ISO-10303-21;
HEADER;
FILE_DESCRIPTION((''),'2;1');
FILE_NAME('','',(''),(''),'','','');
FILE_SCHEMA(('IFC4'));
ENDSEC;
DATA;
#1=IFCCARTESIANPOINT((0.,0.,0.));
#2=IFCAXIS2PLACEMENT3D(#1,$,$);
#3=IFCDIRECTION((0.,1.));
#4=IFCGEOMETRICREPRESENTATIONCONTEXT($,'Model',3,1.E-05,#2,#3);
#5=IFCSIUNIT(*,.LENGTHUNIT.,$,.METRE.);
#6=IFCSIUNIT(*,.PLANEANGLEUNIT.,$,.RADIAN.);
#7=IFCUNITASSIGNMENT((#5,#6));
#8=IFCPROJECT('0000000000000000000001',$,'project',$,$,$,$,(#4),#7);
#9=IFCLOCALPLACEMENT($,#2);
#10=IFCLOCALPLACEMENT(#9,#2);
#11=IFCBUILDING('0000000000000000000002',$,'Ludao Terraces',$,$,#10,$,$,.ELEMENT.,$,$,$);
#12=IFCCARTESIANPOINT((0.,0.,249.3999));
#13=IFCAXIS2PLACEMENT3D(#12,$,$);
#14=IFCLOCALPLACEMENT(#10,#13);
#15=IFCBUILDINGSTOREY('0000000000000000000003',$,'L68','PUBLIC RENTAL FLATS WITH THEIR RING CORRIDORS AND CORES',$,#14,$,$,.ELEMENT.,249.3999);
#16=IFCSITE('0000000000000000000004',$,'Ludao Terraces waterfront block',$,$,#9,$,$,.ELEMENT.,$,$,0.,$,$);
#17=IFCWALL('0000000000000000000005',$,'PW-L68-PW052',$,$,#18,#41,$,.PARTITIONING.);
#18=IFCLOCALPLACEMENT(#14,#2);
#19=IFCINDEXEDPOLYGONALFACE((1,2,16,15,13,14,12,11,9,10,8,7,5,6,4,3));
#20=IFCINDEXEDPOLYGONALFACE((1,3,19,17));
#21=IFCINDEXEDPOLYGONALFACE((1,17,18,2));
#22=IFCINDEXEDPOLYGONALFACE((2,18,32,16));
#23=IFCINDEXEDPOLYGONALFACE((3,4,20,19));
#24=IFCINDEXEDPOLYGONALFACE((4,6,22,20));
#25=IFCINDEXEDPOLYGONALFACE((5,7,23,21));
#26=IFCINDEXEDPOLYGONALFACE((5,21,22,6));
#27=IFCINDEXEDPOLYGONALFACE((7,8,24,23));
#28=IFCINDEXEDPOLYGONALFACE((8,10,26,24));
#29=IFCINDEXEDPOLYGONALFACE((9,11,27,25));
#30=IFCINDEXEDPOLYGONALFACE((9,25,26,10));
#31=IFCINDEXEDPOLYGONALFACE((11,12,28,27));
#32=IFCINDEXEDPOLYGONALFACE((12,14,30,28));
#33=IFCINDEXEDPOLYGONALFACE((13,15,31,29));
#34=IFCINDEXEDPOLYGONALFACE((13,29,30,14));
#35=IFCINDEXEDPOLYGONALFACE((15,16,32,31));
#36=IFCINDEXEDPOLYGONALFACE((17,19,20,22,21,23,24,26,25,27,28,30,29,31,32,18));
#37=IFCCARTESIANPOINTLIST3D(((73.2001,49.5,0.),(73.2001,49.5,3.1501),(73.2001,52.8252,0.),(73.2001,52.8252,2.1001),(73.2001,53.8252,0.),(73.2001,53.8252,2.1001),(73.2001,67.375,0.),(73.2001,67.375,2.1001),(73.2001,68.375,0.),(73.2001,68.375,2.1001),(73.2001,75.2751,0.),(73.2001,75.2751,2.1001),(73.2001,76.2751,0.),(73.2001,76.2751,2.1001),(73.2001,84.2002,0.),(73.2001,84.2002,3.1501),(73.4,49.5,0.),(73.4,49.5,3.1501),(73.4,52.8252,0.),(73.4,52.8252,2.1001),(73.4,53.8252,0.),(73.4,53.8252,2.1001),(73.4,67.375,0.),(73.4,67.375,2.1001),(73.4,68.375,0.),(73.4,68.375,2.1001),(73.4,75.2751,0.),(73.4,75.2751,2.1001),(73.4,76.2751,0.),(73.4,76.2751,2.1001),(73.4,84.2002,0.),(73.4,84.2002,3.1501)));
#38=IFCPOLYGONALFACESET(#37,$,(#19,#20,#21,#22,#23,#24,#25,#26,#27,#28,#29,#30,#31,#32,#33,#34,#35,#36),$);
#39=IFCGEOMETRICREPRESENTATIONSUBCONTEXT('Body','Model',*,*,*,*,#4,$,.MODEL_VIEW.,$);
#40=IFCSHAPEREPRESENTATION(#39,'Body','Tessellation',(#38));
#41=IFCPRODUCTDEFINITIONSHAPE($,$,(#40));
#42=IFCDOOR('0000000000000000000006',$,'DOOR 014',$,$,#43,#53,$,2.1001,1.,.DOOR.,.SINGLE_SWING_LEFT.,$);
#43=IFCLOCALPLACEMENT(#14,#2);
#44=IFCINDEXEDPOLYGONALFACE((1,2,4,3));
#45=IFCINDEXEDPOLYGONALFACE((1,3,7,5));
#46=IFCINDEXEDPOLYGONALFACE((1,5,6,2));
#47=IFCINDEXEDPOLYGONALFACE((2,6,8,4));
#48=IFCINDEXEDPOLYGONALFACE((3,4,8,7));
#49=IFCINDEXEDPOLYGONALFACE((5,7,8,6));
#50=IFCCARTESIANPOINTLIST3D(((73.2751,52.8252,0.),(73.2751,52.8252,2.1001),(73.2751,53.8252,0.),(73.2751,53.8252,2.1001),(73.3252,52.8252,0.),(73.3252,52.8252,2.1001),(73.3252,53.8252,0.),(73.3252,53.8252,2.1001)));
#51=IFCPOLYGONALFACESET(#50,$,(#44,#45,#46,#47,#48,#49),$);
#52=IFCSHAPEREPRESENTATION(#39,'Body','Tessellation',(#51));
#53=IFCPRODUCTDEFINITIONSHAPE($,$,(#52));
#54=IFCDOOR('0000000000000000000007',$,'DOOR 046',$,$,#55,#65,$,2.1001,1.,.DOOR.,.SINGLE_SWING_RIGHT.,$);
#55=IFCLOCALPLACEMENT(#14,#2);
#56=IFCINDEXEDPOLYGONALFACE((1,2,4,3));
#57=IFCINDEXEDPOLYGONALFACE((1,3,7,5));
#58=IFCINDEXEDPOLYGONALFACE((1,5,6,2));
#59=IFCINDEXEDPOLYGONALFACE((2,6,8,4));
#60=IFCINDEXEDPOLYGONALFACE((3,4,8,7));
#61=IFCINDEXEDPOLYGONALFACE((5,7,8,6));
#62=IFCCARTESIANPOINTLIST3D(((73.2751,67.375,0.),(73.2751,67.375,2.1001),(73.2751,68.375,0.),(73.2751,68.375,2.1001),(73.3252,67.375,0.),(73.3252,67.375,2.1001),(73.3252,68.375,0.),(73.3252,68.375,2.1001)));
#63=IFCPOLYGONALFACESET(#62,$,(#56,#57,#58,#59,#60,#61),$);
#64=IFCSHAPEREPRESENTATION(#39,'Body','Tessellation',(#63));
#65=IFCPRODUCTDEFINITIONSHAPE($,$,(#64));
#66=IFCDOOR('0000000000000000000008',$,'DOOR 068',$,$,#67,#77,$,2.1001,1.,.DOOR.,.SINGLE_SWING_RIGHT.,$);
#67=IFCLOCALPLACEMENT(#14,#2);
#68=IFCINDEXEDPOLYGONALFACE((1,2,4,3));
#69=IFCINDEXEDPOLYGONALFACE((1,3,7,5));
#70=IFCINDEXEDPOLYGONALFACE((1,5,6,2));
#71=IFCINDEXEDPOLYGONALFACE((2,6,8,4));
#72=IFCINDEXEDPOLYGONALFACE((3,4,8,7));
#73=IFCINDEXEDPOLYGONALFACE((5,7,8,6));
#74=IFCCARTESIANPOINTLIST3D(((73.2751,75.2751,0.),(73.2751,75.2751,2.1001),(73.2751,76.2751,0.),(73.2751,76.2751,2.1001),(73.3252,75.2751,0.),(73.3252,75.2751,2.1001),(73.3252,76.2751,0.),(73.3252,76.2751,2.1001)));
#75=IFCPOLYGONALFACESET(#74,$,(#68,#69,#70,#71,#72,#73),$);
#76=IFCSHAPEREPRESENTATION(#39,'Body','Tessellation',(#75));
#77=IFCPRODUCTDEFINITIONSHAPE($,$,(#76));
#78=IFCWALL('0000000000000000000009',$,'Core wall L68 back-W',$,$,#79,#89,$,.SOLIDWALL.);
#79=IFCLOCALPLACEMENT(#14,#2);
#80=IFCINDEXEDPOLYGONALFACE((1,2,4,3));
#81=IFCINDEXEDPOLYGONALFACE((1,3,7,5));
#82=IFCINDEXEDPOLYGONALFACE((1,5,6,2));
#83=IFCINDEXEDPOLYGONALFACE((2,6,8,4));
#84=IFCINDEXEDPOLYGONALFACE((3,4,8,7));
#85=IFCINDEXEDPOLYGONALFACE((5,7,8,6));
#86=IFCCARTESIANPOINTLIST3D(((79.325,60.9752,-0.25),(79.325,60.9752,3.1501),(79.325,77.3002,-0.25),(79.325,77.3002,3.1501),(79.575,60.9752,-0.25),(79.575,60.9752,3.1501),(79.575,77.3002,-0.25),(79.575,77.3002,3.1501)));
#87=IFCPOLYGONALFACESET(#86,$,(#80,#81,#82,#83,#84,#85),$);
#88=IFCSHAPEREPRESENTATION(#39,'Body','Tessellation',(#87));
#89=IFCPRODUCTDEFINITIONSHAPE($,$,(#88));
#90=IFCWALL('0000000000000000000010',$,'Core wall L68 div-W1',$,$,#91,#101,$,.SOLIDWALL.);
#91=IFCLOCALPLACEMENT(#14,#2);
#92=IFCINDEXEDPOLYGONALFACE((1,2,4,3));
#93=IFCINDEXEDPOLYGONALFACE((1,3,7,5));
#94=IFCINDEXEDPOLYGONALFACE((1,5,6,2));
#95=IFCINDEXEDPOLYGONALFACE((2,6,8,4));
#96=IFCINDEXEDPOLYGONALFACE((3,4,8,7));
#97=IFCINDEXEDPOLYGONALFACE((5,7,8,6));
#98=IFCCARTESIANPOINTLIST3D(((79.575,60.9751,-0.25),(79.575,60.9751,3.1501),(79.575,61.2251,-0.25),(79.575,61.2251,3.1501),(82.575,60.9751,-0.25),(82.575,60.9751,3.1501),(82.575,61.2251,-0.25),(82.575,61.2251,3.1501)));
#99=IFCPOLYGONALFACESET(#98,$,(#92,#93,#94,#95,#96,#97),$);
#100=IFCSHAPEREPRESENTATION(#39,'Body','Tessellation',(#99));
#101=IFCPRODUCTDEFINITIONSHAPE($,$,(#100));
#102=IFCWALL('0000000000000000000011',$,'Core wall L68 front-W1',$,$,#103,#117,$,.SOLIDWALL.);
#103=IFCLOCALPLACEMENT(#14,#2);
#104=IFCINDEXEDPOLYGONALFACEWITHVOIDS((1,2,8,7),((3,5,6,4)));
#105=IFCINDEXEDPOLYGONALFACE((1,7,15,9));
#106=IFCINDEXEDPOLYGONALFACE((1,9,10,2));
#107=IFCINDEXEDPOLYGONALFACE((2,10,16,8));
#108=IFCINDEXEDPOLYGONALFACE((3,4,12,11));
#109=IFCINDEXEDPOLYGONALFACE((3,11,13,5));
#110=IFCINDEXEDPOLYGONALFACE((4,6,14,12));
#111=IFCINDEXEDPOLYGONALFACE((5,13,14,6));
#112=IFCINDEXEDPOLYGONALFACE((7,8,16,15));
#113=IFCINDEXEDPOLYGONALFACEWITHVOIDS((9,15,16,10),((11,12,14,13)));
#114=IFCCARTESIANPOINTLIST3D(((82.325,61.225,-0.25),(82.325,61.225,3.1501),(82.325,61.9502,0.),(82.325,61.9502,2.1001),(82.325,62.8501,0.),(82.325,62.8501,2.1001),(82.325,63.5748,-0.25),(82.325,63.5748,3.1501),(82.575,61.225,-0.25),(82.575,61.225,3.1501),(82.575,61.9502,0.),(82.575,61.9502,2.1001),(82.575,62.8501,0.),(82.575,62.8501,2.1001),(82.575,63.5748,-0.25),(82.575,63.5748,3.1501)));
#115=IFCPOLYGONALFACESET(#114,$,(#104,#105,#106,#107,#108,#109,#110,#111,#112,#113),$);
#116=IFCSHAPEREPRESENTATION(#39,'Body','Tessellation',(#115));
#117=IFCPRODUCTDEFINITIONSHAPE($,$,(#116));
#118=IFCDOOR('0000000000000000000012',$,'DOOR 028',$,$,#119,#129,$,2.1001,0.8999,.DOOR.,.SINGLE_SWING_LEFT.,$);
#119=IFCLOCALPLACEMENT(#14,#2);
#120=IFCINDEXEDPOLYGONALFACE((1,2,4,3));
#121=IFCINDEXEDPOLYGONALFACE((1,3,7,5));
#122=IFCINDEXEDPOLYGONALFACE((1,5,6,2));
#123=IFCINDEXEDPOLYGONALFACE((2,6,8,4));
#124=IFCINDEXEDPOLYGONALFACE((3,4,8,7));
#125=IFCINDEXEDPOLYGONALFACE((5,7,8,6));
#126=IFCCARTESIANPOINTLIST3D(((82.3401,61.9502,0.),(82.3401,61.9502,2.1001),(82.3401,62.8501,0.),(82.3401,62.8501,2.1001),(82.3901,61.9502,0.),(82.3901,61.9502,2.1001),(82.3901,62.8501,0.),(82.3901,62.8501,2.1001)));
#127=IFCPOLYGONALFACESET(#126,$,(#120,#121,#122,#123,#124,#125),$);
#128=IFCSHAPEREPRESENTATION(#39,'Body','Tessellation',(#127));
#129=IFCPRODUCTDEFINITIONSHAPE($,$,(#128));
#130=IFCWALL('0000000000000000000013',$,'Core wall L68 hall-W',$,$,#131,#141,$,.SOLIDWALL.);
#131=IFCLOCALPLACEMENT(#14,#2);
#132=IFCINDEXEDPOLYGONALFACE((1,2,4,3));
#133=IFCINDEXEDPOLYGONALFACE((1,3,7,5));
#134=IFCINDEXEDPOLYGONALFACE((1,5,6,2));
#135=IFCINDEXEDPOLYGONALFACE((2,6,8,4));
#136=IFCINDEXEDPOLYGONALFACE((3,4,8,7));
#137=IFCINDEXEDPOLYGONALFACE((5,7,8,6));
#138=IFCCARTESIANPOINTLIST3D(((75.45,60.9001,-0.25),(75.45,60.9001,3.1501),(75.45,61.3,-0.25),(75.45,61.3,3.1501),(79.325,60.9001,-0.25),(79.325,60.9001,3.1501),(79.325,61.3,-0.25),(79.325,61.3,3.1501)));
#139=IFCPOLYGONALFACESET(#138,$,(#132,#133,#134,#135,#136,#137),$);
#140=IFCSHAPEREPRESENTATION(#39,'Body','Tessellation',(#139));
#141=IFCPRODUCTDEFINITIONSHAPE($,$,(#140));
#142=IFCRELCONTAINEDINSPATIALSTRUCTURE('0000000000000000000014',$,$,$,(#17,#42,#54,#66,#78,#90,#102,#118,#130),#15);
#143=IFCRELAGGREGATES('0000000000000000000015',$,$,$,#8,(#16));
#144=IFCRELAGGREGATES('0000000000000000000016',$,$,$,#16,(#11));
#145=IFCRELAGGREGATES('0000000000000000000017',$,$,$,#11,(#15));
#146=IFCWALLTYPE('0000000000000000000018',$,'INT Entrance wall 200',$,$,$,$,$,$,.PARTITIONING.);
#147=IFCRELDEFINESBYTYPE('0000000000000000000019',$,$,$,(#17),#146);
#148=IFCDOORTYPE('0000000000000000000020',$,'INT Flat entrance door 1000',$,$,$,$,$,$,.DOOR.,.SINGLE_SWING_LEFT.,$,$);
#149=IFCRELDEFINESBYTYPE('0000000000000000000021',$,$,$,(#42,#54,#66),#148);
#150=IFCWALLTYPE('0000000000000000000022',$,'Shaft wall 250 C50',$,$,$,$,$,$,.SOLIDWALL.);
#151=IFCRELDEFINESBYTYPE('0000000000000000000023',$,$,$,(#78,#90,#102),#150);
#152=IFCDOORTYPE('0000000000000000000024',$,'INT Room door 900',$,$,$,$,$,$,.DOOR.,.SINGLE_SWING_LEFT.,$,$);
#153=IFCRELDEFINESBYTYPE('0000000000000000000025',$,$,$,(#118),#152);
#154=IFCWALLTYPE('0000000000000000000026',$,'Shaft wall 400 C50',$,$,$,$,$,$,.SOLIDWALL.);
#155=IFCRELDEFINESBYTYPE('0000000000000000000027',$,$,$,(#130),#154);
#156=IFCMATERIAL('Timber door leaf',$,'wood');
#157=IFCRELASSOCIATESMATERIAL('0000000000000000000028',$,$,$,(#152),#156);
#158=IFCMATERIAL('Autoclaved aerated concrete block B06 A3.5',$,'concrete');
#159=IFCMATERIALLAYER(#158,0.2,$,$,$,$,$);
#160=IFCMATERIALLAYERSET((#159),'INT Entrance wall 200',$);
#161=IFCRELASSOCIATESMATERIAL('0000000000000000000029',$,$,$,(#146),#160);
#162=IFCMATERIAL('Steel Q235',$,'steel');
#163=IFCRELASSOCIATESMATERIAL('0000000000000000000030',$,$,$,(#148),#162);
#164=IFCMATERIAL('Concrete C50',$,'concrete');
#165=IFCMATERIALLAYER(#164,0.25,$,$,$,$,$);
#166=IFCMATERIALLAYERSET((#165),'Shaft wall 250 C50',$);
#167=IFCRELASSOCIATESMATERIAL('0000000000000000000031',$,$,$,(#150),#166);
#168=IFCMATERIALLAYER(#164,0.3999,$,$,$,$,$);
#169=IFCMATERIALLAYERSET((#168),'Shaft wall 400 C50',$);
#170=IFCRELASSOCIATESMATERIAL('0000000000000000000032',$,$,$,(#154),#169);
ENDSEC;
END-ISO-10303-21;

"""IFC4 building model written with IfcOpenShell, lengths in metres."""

from ifc_helpers import new_model, si_unit, direction, frame, frame_2d, origin, place, context, subcontext, project, spatial, rectangle, extrude, material, layer, layer_set, type_object, element, fill, save


model = new_model("IFC4")

# Units and contexts
model_context = context("Model", 3, precision=1e-05, world=origin(), true_north=direction((0.0, 1.0)))
body_context = subcontext(model_context, "Body", "Model", "MODEL_VIEW")
ifc_project = project(units=[si_unit("LENGTHUNIT", "METRE"), si_unit("PLANEANGLEUNIT", "RADIAN")], contexts=[model_context])

# Site, building, storey
site_placement = place(None, origin())
site = spatial("IfcSite", under=ifc_project, at=site_placement, Name="Ludao Terraces waterfront block", CompositionType="ELEMENT", RefElevation=0.0)
building_placement = place(site_placement, origin())
building = spatial("IfcBuilding", under=site, at=building_placement, Name="Ludao Terraces", CompositionType="ELEMENT")
storey_placement = place(building_placement, frame((0.0, 0.0, 249.3999)))
storey = spatial("IfcBuildingStorey", under=building, at=storey_placement, Name="L68", Description="PUBLIC RENTAL FLATS WITH THEIR RING CORRIDORS AND CORES", CompositionType="ELEMENT", Elevation=249.3999)

# Shared definitions
ifc_material_1 = material(Name="Concrete C50", Category="concrete")
ifc_material_2 = material(Name="Steel Q235", Category="steel")
ifc_material_3 = material(Name="Timber door leaf", Category="wood")
door_type_1 = type_object("IfcDoorType", Name="INT Room door 900", OperationType="SINGLE_SWING_LEFT", PredefinedType="DOOR", material=ifc_material_3)

# Wall, openings, doors
ifc_material_4 = material(Name="Autoclaved aerated concrete block B06 A3.5", Category="concrete")
ifc_layer_1 = layer(ifc_material_4, 0.2)
ifc_layer_set_1 = layer_set([ifc_layer_1], Name="INT Entrance wall 200")
wall_type_1 = type_object("IfcWallType", Name="INT Entrance wall 200", PredefinedType="PARTITIONING", material=ifc_layer_set_1)
wall_1_placement = place(storey_placement, frame((73.3, 49.5, 0.0), z_axis=(0.0, 0.0, 1.0), x_axis=(0.0, 1.0, 0.0)))
wall_1 = element("IfcWall", 1, at=wall_1_placement, inside=storey, type_object=wall_type_1, Name="PW-L68-PW052", PredefinedType="PARTITIONING", context=body_context, shape_type="SweptSolid", body=[
    extrude(rectangle(XDim=34.7002, YDim=0.2, at=frame_2d((17.3501, 0.0))), origin(), (0.0, 0.0, 1.0), 3.1501),
])
opening_1_placement = place(wall_1_placement, frame((3.3252, 0.0, 0.0)))
opening_1 = element("IfcOpeningElement", 2, at=opening_1_placement, cuts=wall_1, PredefinedType="OPENING", context=body_context, shape_type="SweptSolid", body=[
    extrude(rectangle(XDim=1.0, YDim=2.1001, at=frame_2d((0.5, 1.05))), frame((0.0, 0.1099, 0.0), z_axis=(0.0, -1.0, 0.0), x_axis=(1.0, 0.0, 0.0)), (0.0, 0.0, 1.0), 0.22),
])
opening_2_placement = place(wall_1_placement, frame((17.875, 0.0, 0.0)))
opening_2 = element("IfcOpeningElement", 3, at=opening_2_placement, cuts=wall_1, PredefinedType="OPENING", context=body_context, shape_type="SweptSolid", body=[
    extrude(rectangle(XDim=1.0, YDim=2.1001, at=frame_2d((0.5, 1.05))), frame((0.0, 0.1099, 0.0), z_axis=(0.0, -1.0, 0.0), x_axis=(1.0, 0.0, 0.0)), (0.0, 0.0, 1.0), 0.22),
])
opening_3_placement = place(wall_1_placement, frame((25.7751, 0.0, 0.0)))
opening_3 = element("IfcOpeningElement", 4, at=opening_3_placement, cuts=wall_1, PredefinedType="OPENING", context=body_context, shape_type="SweptSolid", body=[
    extrude(rectangle(XDim=1.0, YDim=2.1001, at=frame_2d((0.5, 1.05))), frame((0.0, 0.1099, 0.0), z_axis=(0.0, -1.0, 0.0), x_axis=(1.0, 0.0, 0.0)), (0.0, 0.0, 1.0), 0.22),
])
door_type_2 = type_object("IfcDoorType", Name="INT Flat entrance door 1000", OperationType="SINGLE_SWING_LEFT", PredefinedType="DOOR", material=ifc_material_2)
door_1_placement = place(opening_1_placement, origin())
door_1 = element("IfcDoor", 5, at=door_1_placement, inside=storey, type_object=door_type_2, Name="DOOR 014", OperationType="SINGLE_SWING_LEFT", OverallHeight=2.1001, OverallWidth=1.0, PredefinedType="DOOR", context=body_context, shape_type="SweptSolid", body=[
    extrude(rectangle(XDim=1.0, YDim=2.1001, at=frame_2d((0.5, 1.05))), frame((0.0, 0.0249, 0.0), z_axis=(0.0, -1.0, 0.0), x_axis=(1.0, 0.0, 0.0)), (0.0, 0.0, 1.0), 0.05),
])
fill(opening_1, door_1)
door_2_placement = place(opening_2_placement, origin())
door_2 = element("IfcDoor", 6, at=door_2_placement, inside=storey, type_object=door_type_2, Name="DOOR 046", OperationType="SINGLE_SWING_RIGHT", OverallHeight=2.1001, OverallWidth=1.0, PredefinedType="DOOR", context=body_context, shape_type="SweptSolid", body=[
    extrude(rectangle(XDim=1.0, YDim=2.1001, at=frame_2d((0.5, 1.05))), frame((0.0, 0.0249, 0.0), z_axis=(0.0, -1.0, 0.0), x_axis=(1.0, 0.0, 0.0)), (0.0, 0.0, 1.0), 0.05),
])
fill(opening_2, door_2)
door_3_placement = place(opening_3_placement, origin())
door_3 = element("IfcDoor", 7, at=door_3_placement, inside=storey, type_object=door_type_2, Name="DOOR 068", OperationType="SINGLE_SWING_RIGHT", OverallHeight=2.1001, OverallWidth=1.0, PredefinedType="DOOR", context=body_context, shape_type="SweptSolid", body=[
    extrude(rectangle(XDim=1.0, YDim=2.1001, at=frame_2d((0.5, 1.05))), frame((0.0, 0.0249, 0.0), z_axis=(0.0, -1.0, 0.0), x_axis=(1.0, 0.0, 0.0)), (0.0, 0.0, 1.0), 0.05),
])
fill(opening_3, door_3)

# Walls
ifc_layer_2 = layer(ifc_material_1, 0.25)
ifc_layer_set_2 = layer_set([ifc_layer_2], Name="Shaft wall 250 C50")
wall_type_2 = type_object("IfcWallType", Name="Shaft wall 250 C50", PredefinedType="SOLIDWALL", material=ifc_layer_set_2)
wall_2_placement = place(storey_placement, frame((79.45, 60.9751, -0.25), z_axis=(0.0, 0.0, 1.0), x_axis=(0.0, 1.0, 0.0)))
element("IfcWall", 8, at=wall_2_placement, inside=storey, type_object=wall_type_2, Name="Core wall L68 back-W", PredefinedType="SOLIDWALL", context=body_context, shape_type="SweptSolid", body=[
    extrude(rectangle(XDim=16.325, YDim=0.25, at=frame_2d((8.1626, 0.0))), origin(), (0.0, 0.0, 1.0), 3.4001),
])
wall_3_placement = place(storey_placement, frame((79.575, 61.1001, -0.25), z_axis=(0.0, 0.0, 1.0), x_axis=(1.0, 0.0, 0.0)))
element("IfcWall", 9, at=wall_3_placement, inside=storey, type_object=wall_type_2, Name="Core wall L68 div-W1", PredefinedType="SOLIDWALL", context=body_context, shape_type="SweptSolid", body=[
    extrude(rectangle(XDim=3.0, YDim=0.25, at=frame_2d((1.5, 0.0))), origin(), (0.0, 0.0, 1.0), 3.4001),
])

# Wall, opening, door
wall_4_placement = place(storey_placement, frame((82.45, 61.2251, -0.25), z_axis=(0.0, 0.0, 1.0), x_axis=(0.0, 1.0, 0.0)))
wall_4 = element("IfcWall", 10, at=wall_4_placement, inside=storey, type_object=wall_type_2, Name="Core wall L68 front-W1", PredefinedType="SOLIDWALL", context=body_context, shape_type="SweptSolid", body=[
    extrude(rectangle(XDim=2.3499, YDim=0.25, at=frame_2d((1.1748, 0.0))), origin(), (0.0, 0.0, 1.0), 3.4001),
])
opening_4_placement = place(wall_4_placement, frame((0.7251, 0.0, 0.25)))
opening_4 = element("IfcOpeningElement", 11, at=opening_4_placement, cuts=wall_4, PredefinedType="OPENING", context=body_context, shape_type="SweptSolid", body=[
    extrude(rectangle(XDim=0.8999, YDim=2.1001, at=frame_2d((0.45, 1.05))), frame((0.0, 0.135, 0.0), z_axis=(0.0, -1.0, 0.0), x_axis=(1.0, 0.0, 0.0)), (0.0, 0.0, 1.0), 0.27),
])
door_4_placement = place(opening_4_placement, origin())
door_4 = element("IfcDoor", 12, at=door_4_placement, inside=storey, type_object=door_type_1, Name="DOOR 028", OperationType="SINGLE_SWING_LEFT", OverallHeight=2.1001, OverallWidth=0.8999, PredefinedType="DOOR", context=body_context, shape_type="SweptSolid", body=[
    extrude(rectangle(XDim=0.8999, YDim=2.1001, at=frame_2d((0.45, 1.05))), frame((0.0, 0.1099, 0.0), z_axis=(0.0, -1.0, 0.0), x_axis=(1.0, 0.0, 0.0)), (0.0, 0.0, 1.0), 0.05),
])
fill(opening_4, door_4)

# Wall
ifc_layer_3 = layer(ifc_material_1, 0.3999)
ifc_layer_set_3 = layer_set([ifc_layer_3], Name="Shaft wall 400 C50")
wall_type_3 = type_object("IfcWallType", Name="Shaft wall 400 C50", PredefinedType="SOLIDWALL", material=ifc_layer_set_3)
wall_5_placement = place(storey_placement, frame((75.45, 61.1001, -0.25), z_axis=(0.0, 0.0, 1.0), x_axis=(1.0, 0.0, 0.0)))
element("IfcWall", 13, at=wall_5_placement, inside=storey, type_object=wall_type_3, Name="Core wall L68 hall-W", PredefinedType="SOLIDWALL", context=body_context, shape_type="SweptSolid", body=[
    extrude(rectangle(XDim=3.875, YDim=0.3999, at=frame_2d((1.9375, 0.0))), origin(), (0.0, 0.0, 1.0), 3.4001),
])

save(model, "model.ifc")
